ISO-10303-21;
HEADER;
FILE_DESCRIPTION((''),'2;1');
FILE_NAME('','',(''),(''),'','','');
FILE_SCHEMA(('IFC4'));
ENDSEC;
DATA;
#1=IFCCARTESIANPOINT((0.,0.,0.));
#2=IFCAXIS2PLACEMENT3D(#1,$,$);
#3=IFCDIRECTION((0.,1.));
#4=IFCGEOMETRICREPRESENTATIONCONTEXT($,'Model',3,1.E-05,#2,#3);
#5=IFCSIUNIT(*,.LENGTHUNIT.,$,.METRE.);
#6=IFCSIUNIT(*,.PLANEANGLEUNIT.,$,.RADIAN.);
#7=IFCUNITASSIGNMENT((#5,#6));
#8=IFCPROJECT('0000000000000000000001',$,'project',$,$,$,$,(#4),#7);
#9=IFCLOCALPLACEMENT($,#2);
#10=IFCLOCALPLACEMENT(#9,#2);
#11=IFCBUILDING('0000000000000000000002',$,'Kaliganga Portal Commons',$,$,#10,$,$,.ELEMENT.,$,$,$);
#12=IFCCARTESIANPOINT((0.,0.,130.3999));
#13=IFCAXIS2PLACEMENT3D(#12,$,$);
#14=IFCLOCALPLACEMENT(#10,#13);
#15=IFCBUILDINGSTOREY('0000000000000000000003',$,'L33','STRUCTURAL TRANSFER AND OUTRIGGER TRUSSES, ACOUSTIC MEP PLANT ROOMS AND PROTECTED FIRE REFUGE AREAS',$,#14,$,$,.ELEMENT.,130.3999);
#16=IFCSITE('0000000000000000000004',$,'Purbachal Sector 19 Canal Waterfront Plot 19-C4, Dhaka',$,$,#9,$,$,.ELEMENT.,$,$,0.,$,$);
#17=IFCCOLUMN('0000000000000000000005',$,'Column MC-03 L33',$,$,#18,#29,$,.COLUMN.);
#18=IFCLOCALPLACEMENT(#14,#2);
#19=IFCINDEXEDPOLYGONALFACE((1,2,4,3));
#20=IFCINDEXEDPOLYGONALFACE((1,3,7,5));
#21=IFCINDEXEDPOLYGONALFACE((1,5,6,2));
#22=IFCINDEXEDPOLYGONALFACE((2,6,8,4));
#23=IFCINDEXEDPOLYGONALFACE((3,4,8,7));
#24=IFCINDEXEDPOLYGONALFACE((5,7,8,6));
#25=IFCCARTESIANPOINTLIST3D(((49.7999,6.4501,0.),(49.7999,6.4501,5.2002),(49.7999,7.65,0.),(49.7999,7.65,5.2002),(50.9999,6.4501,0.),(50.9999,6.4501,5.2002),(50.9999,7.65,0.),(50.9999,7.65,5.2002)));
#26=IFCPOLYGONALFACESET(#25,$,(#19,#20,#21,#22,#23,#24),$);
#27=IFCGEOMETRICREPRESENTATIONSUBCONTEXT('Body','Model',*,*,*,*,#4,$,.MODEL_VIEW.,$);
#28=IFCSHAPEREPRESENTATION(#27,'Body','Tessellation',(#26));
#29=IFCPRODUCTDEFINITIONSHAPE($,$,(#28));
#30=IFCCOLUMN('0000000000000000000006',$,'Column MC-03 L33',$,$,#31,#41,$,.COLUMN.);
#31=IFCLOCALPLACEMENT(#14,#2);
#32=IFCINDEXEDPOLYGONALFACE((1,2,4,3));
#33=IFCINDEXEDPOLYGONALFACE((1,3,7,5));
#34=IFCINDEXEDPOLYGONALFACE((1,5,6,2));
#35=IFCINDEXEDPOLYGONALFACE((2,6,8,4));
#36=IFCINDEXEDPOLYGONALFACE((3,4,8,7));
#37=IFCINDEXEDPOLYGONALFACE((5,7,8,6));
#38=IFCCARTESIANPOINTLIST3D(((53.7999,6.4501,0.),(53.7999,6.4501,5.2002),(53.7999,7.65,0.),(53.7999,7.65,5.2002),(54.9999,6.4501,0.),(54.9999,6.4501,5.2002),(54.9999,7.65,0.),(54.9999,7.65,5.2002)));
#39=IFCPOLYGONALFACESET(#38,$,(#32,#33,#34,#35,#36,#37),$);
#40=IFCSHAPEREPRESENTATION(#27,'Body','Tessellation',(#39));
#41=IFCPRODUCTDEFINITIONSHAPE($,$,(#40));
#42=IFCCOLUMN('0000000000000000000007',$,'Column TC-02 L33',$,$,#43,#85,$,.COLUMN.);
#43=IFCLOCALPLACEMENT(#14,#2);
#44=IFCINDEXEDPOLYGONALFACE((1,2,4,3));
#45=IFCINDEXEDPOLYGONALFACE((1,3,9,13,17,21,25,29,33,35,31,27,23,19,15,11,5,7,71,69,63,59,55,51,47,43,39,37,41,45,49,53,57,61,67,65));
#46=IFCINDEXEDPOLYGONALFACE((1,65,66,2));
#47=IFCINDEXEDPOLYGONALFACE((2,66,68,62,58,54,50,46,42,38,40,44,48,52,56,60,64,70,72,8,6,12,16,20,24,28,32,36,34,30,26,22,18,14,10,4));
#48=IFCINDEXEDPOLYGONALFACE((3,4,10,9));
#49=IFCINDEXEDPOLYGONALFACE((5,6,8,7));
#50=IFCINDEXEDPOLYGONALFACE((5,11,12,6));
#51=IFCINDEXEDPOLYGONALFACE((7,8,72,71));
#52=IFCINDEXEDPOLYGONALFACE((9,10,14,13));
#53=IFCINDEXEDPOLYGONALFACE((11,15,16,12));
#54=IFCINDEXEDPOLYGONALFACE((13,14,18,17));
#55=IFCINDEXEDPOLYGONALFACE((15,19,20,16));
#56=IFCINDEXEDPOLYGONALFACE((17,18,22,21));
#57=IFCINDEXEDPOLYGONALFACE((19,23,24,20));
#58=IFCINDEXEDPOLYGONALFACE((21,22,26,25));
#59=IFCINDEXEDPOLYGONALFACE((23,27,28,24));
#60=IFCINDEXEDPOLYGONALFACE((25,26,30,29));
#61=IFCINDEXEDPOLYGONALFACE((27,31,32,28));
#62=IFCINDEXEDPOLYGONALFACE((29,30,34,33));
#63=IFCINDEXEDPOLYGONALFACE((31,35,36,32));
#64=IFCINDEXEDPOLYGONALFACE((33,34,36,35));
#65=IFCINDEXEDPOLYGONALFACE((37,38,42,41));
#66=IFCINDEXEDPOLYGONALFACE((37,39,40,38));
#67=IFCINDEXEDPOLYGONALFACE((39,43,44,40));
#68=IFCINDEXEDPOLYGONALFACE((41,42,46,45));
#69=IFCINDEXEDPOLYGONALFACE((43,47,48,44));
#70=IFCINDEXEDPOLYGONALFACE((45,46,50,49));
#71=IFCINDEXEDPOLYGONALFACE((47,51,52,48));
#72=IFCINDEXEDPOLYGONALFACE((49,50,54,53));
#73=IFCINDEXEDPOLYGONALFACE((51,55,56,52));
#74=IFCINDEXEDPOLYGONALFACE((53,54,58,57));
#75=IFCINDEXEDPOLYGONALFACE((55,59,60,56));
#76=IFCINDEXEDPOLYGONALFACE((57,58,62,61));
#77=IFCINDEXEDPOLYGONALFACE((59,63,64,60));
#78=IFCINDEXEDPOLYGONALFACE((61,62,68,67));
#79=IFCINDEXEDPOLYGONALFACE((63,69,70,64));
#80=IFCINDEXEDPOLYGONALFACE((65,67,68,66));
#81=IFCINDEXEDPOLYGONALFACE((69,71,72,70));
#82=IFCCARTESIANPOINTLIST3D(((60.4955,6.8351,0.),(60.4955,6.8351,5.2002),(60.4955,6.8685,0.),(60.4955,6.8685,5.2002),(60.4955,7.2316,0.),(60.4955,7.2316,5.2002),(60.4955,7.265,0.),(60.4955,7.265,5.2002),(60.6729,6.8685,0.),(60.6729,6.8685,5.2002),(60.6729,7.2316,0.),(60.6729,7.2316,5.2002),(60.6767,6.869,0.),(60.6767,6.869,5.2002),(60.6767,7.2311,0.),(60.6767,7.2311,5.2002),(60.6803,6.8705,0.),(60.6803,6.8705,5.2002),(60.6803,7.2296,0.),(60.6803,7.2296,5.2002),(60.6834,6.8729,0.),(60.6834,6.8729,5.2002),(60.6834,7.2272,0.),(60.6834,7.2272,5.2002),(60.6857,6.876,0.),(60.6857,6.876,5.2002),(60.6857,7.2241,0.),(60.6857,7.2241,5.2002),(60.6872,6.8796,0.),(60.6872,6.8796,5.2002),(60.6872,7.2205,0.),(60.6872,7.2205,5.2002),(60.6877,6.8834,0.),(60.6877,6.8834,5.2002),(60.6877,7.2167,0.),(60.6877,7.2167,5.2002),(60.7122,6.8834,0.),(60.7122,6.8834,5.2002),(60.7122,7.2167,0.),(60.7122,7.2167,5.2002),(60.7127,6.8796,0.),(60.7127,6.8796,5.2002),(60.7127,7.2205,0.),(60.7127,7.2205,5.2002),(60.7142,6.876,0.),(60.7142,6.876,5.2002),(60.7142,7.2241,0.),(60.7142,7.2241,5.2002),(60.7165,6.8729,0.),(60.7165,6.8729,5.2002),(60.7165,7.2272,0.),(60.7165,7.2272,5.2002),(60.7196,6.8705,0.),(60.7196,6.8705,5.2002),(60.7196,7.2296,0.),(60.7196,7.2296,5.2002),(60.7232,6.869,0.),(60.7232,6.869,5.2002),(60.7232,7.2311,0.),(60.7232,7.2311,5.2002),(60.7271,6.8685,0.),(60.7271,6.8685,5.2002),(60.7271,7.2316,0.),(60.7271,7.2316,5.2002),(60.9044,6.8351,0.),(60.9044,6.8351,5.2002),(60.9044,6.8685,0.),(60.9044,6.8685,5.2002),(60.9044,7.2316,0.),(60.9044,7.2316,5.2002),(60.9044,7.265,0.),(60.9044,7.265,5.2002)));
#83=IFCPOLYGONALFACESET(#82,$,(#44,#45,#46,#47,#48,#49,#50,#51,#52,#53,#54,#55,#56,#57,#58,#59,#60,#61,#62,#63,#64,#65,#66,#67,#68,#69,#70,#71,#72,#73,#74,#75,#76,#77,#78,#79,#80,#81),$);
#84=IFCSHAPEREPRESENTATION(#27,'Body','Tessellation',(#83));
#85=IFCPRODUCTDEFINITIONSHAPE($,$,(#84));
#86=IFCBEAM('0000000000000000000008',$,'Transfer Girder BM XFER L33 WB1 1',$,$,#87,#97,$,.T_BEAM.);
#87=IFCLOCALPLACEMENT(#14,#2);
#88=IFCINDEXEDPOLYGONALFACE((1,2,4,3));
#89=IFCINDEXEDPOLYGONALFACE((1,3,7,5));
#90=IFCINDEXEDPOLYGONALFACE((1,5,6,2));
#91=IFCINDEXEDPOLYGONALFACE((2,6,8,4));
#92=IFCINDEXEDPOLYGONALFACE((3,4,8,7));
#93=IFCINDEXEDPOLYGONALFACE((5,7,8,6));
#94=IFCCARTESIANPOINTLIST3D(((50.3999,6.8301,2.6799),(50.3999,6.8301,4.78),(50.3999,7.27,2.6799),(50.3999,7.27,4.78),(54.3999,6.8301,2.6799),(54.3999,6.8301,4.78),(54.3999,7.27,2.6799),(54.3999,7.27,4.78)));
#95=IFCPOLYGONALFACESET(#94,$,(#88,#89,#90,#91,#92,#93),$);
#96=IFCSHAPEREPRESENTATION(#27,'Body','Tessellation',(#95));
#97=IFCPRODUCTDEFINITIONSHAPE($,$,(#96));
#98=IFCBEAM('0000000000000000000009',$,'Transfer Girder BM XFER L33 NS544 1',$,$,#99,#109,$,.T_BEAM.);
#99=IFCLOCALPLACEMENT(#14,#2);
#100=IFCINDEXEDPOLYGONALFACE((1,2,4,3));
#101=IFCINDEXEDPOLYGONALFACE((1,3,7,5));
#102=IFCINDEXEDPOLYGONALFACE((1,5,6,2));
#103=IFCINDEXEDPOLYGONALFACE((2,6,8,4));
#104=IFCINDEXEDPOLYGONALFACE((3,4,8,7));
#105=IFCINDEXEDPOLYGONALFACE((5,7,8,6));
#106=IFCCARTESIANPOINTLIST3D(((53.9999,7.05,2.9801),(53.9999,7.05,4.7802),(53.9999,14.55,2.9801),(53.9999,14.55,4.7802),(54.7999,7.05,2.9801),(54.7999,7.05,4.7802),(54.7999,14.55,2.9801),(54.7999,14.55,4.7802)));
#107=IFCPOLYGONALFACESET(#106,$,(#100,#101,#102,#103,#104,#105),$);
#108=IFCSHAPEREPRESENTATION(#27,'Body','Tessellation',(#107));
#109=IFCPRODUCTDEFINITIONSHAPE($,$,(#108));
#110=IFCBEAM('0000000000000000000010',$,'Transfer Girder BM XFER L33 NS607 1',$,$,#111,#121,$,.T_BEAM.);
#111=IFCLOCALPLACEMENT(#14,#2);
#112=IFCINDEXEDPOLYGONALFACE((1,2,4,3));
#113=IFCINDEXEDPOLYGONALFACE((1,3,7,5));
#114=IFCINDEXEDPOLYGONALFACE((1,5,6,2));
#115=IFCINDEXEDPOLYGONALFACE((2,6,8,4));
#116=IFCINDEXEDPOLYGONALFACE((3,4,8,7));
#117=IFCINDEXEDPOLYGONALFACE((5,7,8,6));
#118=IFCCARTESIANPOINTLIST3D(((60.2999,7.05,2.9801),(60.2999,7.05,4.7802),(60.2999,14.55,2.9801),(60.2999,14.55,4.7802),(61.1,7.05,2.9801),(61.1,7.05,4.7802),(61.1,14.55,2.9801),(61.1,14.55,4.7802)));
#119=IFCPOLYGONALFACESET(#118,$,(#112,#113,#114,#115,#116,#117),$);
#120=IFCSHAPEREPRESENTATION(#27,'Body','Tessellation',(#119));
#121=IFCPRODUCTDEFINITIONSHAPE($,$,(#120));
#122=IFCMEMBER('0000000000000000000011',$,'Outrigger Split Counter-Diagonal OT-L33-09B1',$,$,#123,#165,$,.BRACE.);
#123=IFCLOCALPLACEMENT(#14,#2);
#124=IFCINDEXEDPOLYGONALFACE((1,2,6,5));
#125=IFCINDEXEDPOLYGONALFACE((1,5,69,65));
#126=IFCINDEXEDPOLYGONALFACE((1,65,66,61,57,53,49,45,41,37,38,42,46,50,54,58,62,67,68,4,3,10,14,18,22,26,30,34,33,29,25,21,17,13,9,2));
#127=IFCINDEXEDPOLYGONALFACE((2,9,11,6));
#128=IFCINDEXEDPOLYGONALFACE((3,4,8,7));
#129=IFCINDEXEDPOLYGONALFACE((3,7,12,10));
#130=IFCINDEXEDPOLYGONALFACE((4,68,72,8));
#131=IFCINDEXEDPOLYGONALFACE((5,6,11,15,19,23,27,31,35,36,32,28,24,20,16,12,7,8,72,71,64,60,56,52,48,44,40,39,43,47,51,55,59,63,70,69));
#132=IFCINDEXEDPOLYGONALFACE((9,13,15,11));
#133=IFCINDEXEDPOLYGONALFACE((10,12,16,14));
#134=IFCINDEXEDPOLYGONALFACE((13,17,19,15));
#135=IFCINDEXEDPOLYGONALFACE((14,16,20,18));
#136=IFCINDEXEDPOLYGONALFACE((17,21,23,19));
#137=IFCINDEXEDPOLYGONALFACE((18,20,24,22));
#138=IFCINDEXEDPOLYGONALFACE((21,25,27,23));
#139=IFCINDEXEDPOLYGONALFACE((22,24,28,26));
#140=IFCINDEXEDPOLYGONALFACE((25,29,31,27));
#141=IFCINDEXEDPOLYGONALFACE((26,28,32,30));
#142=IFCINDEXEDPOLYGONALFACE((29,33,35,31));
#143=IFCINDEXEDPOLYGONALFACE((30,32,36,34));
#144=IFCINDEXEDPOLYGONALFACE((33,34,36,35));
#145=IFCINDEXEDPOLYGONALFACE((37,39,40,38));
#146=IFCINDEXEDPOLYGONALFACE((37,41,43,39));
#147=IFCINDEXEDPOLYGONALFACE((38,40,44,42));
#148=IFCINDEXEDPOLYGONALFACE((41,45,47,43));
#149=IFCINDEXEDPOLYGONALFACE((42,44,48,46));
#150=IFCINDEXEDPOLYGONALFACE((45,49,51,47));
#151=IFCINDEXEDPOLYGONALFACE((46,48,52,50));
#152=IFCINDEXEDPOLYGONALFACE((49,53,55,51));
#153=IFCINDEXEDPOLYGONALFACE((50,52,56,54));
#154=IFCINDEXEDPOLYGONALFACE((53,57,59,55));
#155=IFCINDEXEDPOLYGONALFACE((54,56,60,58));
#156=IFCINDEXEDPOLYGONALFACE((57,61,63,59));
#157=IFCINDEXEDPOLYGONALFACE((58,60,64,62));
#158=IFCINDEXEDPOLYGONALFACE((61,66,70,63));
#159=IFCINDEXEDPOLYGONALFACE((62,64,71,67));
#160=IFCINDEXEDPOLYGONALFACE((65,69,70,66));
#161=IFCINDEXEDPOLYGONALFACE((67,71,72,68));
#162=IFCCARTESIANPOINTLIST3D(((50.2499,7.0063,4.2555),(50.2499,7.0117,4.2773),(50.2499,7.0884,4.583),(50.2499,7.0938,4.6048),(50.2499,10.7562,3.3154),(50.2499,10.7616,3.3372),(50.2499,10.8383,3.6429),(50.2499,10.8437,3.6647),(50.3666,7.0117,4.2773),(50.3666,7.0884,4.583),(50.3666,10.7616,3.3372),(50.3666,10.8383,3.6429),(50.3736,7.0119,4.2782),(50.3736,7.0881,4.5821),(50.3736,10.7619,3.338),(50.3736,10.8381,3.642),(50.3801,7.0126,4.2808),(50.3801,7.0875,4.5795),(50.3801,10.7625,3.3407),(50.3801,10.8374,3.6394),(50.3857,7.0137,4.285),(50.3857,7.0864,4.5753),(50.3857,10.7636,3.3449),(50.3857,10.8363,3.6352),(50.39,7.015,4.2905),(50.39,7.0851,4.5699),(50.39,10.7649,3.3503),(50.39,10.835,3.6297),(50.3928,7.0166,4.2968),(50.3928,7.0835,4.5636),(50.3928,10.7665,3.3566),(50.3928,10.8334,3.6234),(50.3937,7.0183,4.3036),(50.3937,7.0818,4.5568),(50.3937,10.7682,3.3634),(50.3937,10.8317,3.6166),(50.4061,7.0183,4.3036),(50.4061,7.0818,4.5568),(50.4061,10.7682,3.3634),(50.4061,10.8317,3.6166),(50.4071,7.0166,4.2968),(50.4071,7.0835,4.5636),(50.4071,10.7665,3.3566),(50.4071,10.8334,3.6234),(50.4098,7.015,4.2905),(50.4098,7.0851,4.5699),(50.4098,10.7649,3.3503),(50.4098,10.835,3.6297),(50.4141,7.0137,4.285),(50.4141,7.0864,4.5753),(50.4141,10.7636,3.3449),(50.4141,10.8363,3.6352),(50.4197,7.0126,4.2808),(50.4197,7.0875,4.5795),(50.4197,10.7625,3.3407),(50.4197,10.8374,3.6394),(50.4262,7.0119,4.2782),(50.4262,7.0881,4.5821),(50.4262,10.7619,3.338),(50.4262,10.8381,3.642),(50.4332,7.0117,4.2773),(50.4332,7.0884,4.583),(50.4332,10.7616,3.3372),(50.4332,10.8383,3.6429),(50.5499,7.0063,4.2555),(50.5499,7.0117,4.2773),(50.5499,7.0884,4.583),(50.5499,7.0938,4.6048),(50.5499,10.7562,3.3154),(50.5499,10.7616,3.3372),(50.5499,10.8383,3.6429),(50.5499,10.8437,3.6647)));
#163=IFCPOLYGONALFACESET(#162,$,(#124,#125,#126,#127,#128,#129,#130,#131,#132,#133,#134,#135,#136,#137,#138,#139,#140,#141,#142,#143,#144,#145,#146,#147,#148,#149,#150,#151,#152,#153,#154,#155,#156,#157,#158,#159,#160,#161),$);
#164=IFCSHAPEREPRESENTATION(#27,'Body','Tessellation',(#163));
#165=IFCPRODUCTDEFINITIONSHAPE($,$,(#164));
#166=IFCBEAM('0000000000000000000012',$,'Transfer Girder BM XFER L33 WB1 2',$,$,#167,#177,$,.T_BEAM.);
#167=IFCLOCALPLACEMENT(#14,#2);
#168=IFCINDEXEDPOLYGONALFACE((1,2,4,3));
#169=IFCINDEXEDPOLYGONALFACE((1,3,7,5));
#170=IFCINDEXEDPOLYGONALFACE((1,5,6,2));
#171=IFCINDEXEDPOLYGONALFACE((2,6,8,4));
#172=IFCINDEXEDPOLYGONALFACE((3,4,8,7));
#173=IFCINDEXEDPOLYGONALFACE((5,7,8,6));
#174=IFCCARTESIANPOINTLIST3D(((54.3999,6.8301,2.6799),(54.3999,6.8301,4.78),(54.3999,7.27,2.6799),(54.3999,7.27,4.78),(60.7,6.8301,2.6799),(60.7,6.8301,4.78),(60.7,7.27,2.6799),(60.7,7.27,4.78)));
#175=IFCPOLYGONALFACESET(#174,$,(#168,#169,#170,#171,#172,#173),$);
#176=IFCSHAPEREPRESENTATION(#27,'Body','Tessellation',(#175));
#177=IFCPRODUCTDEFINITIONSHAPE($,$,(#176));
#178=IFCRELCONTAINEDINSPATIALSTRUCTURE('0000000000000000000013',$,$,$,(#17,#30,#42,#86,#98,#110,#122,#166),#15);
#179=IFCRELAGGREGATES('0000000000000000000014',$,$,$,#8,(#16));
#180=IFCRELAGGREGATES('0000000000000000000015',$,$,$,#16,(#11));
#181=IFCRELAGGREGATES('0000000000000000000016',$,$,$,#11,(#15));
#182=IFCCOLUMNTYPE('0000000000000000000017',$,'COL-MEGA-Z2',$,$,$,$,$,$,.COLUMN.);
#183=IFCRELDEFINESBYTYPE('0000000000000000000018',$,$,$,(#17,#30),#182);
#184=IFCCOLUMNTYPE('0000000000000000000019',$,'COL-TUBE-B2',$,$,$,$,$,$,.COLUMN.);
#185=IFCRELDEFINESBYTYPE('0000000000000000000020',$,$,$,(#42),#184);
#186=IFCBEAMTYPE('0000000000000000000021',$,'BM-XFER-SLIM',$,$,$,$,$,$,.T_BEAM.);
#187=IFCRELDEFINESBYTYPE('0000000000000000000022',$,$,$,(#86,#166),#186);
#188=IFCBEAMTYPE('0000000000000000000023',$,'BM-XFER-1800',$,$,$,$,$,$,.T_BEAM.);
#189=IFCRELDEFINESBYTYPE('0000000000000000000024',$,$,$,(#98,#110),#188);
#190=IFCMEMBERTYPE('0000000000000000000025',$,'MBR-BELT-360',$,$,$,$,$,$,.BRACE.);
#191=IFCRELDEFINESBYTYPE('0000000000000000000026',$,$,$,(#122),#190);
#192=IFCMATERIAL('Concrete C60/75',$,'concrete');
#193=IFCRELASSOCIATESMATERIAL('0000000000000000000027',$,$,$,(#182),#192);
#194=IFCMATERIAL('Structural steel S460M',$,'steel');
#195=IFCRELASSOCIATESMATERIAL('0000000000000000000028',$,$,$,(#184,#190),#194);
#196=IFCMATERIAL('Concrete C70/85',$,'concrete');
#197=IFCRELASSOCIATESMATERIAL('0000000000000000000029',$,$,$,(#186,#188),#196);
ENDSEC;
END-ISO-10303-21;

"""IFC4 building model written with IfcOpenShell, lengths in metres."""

from ifc_helpers import new_model, si_unit, direction, frame, origin, origin_2d, place, context, subcontext, project, spatial, rectangle, i_section, extrude, source, transform, mapped, material, material_profile, profile_set, type_object, element, save


model = new_model("IFC4")

# Units and contexts
model_context = context("Model", 3, precision=1e-05, world=origin(), true_north=direction((0.0, 1.0)))
body_context = subcontext(model_context, "Body", "Model", "MODEL_VIEW")
ifc_project = project(units=[si_unit("LENGTHUNIT", "METRE"), si_unit("PLANEANGLEUNIT", "RADIAN")], contexts=[model_context])

# Site, building, storey
site_placement = place(None, origin())
site = spatial("IfcSite", under=ifc_project, at=site_placement, Name="Purbachal Sector 19 Canal Waterfront Plot 19-C4, Dhaka", CompositionType="ELEMENT", RefElevation=0.0)
building_placement = place(site_placement, origin())
building = spatial("IfcBuilding", under=site, at=building_placement, Name="Kaliganga Portal Commons", CompositionType="ELEMENT")
storey_placement = place(building_placement, frame((0.0, 0.0, 130.3999)))
storey = spatial("IfcBuildingStorey", under=building, at=storey_placement, Name="L33", Description="STRUCTURAL TRANSFER AND OUTRIGGER TRUSSES, ACOUSTIC MEP PLANT ROOMS AND PROTECTED FIRE REFUGE AREAS", CompositionType="ELEMENT", Elevation=130.3999)

# Columns
ifc_material_1 = material(Name="Concrete C60/75", Category="concrete")
ifc_material_profile_1 = material_profile(ifc_material_1, rectangle(XDim=1.2, YDim=1.2, at=origin_2d()), Name="RC 1200x1200")
ifc_profile_set_1 = profile_set([ifc_material_profile_1], Name="Concrete C60/75")
column_type_1 = type_object("IfcColumnType", Name="COL-MEGA-Z2", PredefinedType="COLUMN", material=ifc_profile_set_1)
shared_shape_1 = source(origin(), body_context, "Body", "SweptSolid", [
    extrude(rectangle(XDim=1.2, YDim=1.2, at=origin_2d()), origin(), (0.0, 0.0, 1.0), 5.2002),
])
for number, where, z_axis, x_axis, name in (
    (1, (50.3999, 7.05, 0.0), (0.0, 0.0, 1.0), (1.0, 0.0, 0.0), "Column MC-03 L33"),
    (2, (54.3999, 7.05, 0.0), (0.0, 0.0, 1.0), (1.0, 0.0, 0.0), "Column MC-03 L33"),
):
    element("IfcColumn", number, at=place(storey_placement, frame(where, z_axis=z_axis, x_axis=x_axis)), inside=storey, type_object=column_type_1, Name=name, PredefinedType="COLUMN", context=body_context, shape_type="MappedRepresentation", body=[
        mapped(shared_shape_1, transform((0.0, 0.0, 0.0), x_axis=(1.0, 0.0, 0.0), y_axis=(0.0, 1.0, 0.0), z_axis=(0.0, 0.0, 1.0), scale=1.0)),
    ])
ifc_material_2 = material(Name="Structural steel S460M", Category="steel")
ifc_material_profile_2 = material_profile(ifc_material_2, i_section(OverallWidth=0.4089, OverallDepth=0.4299, WebThickness=0.0244, FlangeThickness=0.0334, FilletRadius=0.0149, at=origin_2d()), Name="HD 400x421")
ifc_profile_set_2 = profile_set([ifc_material_profile_2], Name="Structural steel S460M wide-flange")
column_type_2 = type_object("IfcColumnType", Name="COL-TUBE-B2", PredefinedType="COLUMN", material=ifc_profile_set_2)
shared_shape_2 = source(origin(), body_context, "Body", "SweptSolid", [
    extrude(i_section(OverallWidth=0.4089, OverallDepth=0.4299, WebThickness=0.0244, FlangeThickness=0.0334, FilletRadius=0.0149, at=origin_2d()), origin(), (0.0, 0.0, 1.0), 5.2002),
])
column_placement = place(storey_placement, frame((60.7, 7.05, 0.0), z_axis=(0.0, 0.0, 1.0), x_axis=(1.0, 0.0, 0.0)))
element("IfcColumn", 3, at=column_placement, inside=storey, type_object=column_type_2, Name="Column TC-02 L33", PredefinedType="COLUMN", context=body_context, shape_type="MappedRepresentation", body=[
    mapped(shared_shape_2, transform((0.0, 0.0, 0.0), x_axis=(1.0, 0.0, 0.0), y_axis=(0.0, 1.0, 0.0), z_axis=(0.0, 0.0, 1.0), scale=1.0)),
])

# Beams
ifc_material_3 = material(Name="Concrete C70/85", Category="concrete")
ifc_material_profile_3 = material_profile(ifc_material_3, rectangle(XDim=0.4399, YDim=2.1001, at=origin_2d()), Name="RC 440x2100")
ifc_profile_set_3 = profile_set([ifc_material_profile_3], Name="Concrete C70/85")
beam_type_1 = type_object("IfcBeamType", Name="BM-XFER-SLIM", PredefinedType="T_BEAM", material=ifc_profile_set_3)
shared_shape_3 = source(origin(), body_context, "Body", "SweptSolid", [
    extrude(rectangle(XDim=0.4399, YDim=2.1001, at=origin_2d()), origin(), (0.0, 0.0, 1.0), 4.0),
])
beam_1_placement = place(storey_placement, frame((50.3999, 7.05, 3.73), z_axis=(1.0, 0.0, 0.0), x_axis=(0.0, 1.0, 0.0)))
element("IfcBeam", 4, at=beam_1_placement, inside=storey, type_object=beam_type_1, Name="Transfer Girder BM XFER L33 WB1 1", PredefinedType="T_BEAM", context=body_context, shape_type="MappedRepresentation", body=[
    mapped(shared_shape_3, transform((0.0, 0.0, 0.0), x_axis=(1.0, 0.0, 0.0), y_axis=(0.0, 1.0, 0.0), z_axis=(0.0, 0.0, 1.0), scale=1.0)),
])
ifc_material_profile_4 = material_profile(ifc_material_3, rectangle(XDim=0.8, YDim=1.8, at=origin_2d()), Name="RC 800x1800")
ifc_profile_set_4 = profile_set([ifc_material_profile_4], Name="Concrete C70/85")
beam_type_2 = type_object("IfcBeamType", Name="BM-XFER-1800", PredefinedType="T_BEAM", material=ifc_profile_set_4)
shared_shape_4 = source(origin(), body_context, "Body", "SweptSolid", [
    extrude(rectangle(XDim=0.8, YDim=1.8, at=origin_2d()), origin(), (0.0, 0.0, 1.0), 7.5),
])
for number, where, z_axis, x_axis, name in (
    (5, (54.3999, 7.05, 3.8801), (0.0, 1.0, 0.0), (-1.0, 0.0, 0.0), "Transfer Girder BM XFER L33 NS544 1"),
    (6, (60.7, 7.05, 3.8801), (0.0, 1.0, 0.0), (-1.0, 0.0, 0.0), "Transfer Girder BM XFER L33 NS607 1"),
):
    element("IfcBeam", number, at=place(storey_placement, frame(where, z_axis=z_axis, x_axis=x_axis)), inside=storey, type_object=beam_type_2, Name=name, PredefinedType="T_BEAM", context=body_context, shape_type="MappedRepresentation", body=[
        mapped(shared_shape_4, transform((0.0, 0.0, 0.0), x_axis=(1.0, 0.0, 0.0), y_axis=(0.0, 1.0, 0.0), z_axis=(0.0, 0.0, 1.0), scale=1.0)),
    ])

# Member
ifc_material_profile_5 = material_profile(ifc_material_2, i_section(OverallWidth=0.3, OverallDepth=0.3601, WebThickness=0.0125, FlangeThickness=0.0225, FilletRadius=0.0271, at=origin_2d()), Name="HE 360 B")
ifc_profile_set_5 = profile_set([ifc_material_profile_5], Name="Structural steel S460M wide-flange")
member_type_1 = type_object("IfcMemberType", Name="MBR-BELT-360", PredefinedType="BRACE", material=ifc_profile_set_5)
shared_shape_5 = source(origin(), body_context, "Body", "SweptSolid", [
    extrude(i_section(OverallWidth=0.3, OverallDepth=0.3601, WebThickness=0.0125, FlangeThickness=0.0225, FilletRadius=0.0271, at=origin_2d()), origin(), (0.0, 0.0, 1.0), 3.866),
])
member_1_placement = place(storey_placement, frame((50.3999, 7.05, 4.4302), z_axis=(0.0, 0.969979, -0.243189), x_axis=(-1.0, 0.0, 0.0)))
element("IfcMember", 7, at=member_1_placement, inside=storey, type_object=member_type_1, Name="Outrigger Split Counter-Diagonal OT-L33-09B1", PredefinedType="BRACE", context=body_context, shape_type="MappedRepresentation", body=[
    mapped(shared_shape_5, transform((0.0, 0.0, 0.0), x_axis=(1.0, 0.0, 0.0), y_axis=(0.0, 1.0, 0.0), z_axis=(0.0, 0.0, 1.0), scale=1.0)),
])

# Beam
shared_shape_6 = source(origin(), body_context, "Body", "SweptSolid", [
    extrude(rectangle(XDim=0.4399, YDim=2.1001, at=origin_2d()), origin(), (0.0, 0.0, 1.0), 6.3),
])
beam_2_placement = place(storey_placement, frame((54.3999, 7.05, 3.73), z_axis=(1.0, 0.0, 0.0), x_axis=(0.0, 1.0, 0.0)))
element("IfcBeam", 8, at=beam_2_placement, inside=storey, type_object=beam_type_1, Name="Transfer Girder BM XFER L33 WB1 2", PredefinedType="T_BEAM", context=body_context, shape_type="MappedRepresentation", body=[
    mapped(shared_shape_6, transform((0.0, 0.0, 0.0), x_axis=(1.0, 0.0, 0.0), y_axis=(0.0, 1.0, 0.0), z_axis=(0.0, 0.0, 1.0), scale=1.0)),
])

save(model, "model.ifc")
